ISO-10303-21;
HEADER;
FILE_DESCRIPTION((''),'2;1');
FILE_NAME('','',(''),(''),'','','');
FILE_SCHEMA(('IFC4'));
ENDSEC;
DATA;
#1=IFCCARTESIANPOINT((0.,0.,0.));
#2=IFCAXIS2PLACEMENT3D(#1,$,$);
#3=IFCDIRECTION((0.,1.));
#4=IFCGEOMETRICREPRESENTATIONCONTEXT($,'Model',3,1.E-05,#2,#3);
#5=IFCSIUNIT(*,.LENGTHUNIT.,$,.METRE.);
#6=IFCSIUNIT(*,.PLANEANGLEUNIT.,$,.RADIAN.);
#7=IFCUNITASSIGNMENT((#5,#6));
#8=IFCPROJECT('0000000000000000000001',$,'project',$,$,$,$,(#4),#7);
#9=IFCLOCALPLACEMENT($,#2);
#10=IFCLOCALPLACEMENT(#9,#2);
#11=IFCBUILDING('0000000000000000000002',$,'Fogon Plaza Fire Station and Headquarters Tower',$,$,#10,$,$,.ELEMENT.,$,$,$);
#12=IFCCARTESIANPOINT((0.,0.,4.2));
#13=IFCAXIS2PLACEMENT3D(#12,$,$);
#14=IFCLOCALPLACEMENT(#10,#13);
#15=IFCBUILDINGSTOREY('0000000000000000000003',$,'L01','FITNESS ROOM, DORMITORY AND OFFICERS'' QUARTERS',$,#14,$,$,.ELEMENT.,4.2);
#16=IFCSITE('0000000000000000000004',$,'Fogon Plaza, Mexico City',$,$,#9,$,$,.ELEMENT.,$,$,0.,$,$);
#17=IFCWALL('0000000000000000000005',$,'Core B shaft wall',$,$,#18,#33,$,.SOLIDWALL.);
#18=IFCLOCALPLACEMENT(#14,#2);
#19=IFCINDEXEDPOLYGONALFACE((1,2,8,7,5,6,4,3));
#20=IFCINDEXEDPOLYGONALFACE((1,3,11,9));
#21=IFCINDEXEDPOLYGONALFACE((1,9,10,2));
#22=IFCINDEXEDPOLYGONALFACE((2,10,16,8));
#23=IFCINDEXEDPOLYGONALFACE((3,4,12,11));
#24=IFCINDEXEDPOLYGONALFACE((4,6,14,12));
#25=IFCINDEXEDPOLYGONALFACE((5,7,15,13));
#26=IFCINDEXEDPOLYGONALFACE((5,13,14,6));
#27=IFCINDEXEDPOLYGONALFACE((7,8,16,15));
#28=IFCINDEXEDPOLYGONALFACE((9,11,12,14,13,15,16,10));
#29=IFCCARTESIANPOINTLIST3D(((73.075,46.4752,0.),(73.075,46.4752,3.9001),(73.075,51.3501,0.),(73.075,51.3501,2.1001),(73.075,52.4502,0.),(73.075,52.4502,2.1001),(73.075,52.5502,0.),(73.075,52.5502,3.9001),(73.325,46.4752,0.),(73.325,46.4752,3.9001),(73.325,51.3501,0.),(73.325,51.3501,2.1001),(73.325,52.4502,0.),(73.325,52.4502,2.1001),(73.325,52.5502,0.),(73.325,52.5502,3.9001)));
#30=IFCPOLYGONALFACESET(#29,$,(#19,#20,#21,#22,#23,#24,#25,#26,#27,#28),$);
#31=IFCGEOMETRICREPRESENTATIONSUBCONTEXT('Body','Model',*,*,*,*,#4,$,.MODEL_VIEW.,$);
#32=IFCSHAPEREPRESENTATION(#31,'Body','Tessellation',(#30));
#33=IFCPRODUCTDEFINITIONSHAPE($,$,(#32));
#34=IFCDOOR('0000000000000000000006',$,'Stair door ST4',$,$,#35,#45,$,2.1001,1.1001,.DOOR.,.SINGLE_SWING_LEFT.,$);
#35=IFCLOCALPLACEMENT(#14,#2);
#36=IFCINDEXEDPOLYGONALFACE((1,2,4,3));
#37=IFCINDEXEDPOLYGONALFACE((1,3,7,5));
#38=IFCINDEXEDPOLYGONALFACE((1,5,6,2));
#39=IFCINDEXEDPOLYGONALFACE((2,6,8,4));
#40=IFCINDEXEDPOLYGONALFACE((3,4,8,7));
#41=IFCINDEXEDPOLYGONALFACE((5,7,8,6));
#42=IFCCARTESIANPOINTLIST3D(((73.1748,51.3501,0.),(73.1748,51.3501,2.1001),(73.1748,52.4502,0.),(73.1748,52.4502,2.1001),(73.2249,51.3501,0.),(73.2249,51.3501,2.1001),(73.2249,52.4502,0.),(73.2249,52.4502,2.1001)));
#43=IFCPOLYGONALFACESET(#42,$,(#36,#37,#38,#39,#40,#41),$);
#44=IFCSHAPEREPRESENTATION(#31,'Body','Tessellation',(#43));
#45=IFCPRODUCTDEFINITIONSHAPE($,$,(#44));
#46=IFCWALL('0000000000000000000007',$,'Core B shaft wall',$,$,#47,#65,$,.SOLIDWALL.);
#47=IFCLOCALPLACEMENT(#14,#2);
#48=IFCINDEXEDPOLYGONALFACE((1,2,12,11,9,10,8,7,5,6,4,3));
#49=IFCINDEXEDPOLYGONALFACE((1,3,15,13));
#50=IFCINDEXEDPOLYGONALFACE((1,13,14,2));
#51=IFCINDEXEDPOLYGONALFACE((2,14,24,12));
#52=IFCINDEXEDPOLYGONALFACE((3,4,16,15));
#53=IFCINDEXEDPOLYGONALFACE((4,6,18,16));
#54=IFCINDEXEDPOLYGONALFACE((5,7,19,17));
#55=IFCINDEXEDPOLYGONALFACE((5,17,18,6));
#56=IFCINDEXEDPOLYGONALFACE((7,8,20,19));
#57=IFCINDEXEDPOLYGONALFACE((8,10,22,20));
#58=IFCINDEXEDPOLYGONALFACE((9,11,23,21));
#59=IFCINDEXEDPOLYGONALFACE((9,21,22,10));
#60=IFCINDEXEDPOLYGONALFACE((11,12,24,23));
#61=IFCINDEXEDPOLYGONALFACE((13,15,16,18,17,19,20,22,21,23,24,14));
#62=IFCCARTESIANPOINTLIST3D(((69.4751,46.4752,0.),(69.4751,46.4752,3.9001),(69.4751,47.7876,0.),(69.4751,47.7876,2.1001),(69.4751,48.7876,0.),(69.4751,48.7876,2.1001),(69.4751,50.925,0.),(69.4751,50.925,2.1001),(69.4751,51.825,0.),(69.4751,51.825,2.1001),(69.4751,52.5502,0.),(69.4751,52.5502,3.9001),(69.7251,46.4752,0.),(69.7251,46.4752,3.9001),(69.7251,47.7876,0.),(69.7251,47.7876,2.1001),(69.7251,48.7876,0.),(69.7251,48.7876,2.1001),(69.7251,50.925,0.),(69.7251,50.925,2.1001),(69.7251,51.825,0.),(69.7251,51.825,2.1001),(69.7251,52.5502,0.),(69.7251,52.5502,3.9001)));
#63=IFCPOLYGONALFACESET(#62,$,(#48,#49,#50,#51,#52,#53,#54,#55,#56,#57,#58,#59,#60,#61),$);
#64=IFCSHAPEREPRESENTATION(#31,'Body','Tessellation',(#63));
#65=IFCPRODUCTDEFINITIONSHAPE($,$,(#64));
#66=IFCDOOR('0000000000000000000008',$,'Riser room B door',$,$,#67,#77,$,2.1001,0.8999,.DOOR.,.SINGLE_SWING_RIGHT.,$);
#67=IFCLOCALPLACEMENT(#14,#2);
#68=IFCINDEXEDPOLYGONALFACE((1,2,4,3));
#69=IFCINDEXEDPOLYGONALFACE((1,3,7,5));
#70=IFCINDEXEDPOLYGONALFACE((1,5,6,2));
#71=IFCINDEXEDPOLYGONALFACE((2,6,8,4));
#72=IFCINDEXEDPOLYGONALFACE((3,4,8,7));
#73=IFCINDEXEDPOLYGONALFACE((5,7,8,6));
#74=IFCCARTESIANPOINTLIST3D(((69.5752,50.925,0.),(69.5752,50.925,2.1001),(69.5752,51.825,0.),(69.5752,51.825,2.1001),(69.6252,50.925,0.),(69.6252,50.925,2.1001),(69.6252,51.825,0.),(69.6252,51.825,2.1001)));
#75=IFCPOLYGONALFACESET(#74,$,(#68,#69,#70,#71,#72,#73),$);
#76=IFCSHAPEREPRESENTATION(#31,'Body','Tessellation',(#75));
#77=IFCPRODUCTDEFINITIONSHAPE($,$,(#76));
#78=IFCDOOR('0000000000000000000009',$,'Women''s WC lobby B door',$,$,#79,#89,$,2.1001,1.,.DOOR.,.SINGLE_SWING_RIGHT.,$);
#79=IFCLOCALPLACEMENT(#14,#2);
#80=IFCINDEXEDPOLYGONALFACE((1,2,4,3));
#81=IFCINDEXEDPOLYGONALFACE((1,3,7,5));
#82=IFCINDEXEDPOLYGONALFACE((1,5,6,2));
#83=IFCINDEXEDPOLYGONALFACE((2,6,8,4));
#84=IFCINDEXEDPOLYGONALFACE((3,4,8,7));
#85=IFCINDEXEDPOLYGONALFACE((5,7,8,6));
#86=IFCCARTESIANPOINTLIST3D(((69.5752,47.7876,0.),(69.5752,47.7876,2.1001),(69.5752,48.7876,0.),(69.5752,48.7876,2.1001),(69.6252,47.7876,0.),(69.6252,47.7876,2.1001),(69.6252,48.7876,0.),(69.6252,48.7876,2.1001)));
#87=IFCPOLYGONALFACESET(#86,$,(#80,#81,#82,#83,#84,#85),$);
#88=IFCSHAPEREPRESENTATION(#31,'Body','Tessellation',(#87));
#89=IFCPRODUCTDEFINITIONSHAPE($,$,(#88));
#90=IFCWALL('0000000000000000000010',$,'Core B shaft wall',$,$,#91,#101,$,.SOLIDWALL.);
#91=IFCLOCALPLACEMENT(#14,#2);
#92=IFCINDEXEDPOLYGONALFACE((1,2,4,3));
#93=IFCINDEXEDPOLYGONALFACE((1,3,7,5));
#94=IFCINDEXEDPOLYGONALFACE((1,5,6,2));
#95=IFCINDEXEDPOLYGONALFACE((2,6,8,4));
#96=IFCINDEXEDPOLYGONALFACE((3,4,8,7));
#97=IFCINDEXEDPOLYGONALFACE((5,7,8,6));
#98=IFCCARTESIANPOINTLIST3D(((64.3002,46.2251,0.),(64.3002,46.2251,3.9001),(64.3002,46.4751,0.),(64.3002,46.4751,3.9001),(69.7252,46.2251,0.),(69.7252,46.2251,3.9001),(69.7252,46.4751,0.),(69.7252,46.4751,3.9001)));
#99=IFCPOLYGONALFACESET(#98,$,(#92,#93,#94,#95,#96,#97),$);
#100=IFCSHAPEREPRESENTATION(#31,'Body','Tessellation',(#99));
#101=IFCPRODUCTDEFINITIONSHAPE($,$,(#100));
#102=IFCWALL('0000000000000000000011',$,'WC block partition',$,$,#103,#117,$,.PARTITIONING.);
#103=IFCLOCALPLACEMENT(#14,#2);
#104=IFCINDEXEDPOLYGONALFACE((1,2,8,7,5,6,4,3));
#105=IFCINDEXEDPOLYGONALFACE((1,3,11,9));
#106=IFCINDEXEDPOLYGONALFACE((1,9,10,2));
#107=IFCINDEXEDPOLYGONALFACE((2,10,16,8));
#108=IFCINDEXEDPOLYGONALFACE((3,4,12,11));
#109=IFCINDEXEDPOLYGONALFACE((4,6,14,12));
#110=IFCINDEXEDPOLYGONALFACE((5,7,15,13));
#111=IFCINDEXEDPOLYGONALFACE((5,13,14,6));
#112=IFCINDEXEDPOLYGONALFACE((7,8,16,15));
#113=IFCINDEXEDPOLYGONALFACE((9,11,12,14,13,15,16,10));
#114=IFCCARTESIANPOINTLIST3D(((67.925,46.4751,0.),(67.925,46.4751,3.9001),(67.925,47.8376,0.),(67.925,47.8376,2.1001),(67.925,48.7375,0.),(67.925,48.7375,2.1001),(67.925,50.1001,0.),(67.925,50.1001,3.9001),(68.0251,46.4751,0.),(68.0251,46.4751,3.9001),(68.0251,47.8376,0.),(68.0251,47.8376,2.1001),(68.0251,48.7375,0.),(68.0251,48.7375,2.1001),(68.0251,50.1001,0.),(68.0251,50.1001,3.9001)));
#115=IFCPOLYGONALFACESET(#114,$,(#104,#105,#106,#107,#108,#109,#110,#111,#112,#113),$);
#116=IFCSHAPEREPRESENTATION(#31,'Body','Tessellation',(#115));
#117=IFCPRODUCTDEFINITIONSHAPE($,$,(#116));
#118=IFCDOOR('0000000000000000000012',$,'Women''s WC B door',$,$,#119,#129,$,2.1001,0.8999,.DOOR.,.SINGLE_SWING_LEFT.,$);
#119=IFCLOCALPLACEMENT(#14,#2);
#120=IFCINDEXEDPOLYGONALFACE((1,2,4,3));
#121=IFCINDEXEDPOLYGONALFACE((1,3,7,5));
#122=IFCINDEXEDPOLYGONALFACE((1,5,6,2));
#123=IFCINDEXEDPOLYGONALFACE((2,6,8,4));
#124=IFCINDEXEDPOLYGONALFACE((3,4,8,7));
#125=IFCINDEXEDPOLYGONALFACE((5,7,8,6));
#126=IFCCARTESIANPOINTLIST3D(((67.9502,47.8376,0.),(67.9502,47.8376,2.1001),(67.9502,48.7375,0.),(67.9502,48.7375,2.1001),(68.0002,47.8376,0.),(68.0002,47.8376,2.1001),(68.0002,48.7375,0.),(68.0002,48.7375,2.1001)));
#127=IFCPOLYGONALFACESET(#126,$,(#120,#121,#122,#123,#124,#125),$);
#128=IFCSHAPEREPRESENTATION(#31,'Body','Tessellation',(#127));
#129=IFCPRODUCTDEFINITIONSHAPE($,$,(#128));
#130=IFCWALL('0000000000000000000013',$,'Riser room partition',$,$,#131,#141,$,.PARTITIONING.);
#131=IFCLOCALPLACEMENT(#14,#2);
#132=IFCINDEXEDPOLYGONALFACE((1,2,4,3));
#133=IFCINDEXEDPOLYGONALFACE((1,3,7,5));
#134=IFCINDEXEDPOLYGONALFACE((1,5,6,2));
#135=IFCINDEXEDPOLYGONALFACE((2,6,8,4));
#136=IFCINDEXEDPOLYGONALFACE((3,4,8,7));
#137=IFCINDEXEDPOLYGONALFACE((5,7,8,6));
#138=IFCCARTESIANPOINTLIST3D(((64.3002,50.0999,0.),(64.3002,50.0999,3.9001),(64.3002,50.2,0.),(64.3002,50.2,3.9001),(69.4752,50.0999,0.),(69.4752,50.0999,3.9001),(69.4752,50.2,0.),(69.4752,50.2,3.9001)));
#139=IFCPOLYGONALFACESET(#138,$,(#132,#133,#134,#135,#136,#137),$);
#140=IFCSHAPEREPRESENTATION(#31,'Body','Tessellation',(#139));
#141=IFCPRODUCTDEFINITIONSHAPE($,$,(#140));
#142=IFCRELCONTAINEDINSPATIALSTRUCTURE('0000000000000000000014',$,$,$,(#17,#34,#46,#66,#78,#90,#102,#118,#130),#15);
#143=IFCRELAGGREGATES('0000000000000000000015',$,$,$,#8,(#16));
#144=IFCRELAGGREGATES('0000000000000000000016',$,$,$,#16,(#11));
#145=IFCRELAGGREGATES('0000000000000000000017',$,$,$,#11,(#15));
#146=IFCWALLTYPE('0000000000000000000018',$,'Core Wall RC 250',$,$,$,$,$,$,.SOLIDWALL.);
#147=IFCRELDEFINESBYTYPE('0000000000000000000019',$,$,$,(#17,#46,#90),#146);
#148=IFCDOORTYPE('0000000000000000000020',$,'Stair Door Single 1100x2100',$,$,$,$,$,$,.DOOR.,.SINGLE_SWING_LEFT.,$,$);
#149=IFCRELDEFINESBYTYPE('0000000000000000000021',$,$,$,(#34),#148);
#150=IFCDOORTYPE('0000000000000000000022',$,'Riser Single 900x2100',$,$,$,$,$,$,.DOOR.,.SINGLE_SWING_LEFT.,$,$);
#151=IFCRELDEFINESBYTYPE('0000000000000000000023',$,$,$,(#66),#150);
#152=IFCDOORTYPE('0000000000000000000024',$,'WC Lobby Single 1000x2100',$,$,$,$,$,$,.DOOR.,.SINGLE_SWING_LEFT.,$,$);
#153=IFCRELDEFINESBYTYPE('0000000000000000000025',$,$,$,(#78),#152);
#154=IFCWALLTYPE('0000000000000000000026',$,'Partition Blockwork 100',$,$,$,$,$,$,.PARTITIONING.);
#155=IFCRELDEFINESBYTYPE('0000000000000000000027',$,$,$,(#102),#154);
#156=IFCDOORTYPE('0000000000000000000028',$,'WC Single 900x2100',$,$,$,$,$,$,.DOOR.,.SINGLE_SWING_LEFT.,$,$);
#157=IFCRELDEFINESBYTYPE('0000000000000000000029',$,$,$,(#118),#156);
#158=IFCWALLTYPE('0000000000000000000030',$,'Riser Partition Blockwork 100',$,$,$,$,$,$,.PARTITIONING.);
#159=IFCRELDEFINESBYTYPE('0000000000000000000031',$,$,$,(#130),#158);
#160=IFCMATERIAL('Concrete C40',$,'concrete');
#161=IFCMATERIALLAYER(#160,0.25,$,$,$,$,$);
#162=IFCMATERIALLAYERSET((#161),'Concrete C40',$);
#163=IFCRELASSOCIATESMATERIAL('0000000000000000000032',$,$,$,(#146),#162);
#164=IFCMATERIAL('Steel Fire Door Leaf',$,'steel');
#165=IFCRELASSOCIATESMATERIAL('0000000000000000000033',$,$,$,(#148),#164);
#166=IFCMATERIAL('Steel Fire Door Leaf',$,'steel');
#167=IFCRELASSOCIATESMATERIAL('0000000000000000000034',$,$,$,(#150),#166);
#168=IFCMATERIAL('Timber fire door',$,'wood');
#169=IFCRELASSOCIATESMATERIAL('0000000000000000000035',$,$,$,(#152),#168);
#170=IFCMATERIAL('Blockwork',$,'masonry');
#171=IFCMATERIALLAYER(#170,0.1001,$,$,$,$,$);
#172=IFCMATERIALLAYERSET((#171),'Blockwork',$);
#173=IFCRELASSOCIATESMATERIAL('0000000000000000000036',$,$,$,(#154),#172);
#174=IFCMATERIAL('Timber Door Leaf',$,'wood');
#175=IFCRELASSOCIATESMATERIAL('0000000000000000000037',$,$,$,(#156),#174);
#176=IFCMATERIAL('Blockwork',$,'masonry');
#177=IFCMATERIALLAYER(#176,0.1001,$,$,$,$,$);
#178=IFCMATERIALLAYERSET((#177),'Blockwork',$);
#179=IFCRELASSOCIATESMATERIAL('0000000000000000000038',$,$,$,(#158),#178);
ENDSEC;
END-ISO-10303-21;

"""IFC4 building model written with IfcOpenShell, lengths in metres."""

from ifc_helpers import new_model, si_unit, direction, frame, frame_2d, origin, place, context, subcontext, project, spatial, rectangle, extrude, material, layer, layer_set, type_object, element, fill, save


model = new_model("IFC4")

# Units and contexts
model_context = context("Model", 3, precision=1e-05, world=origin(), true_north=direction((0.0, 1.0)))
body_context = subcontext(model_context, "Body", "Model", "MODEL_VIEW")
ifc_project = project(units=[si_unit("LENGTHUNIT", "METRE"), si_unit("PLANEANGLEUNIT", "RADIAN")], contexts=[model_context])

# Site, building, storey
site_placement = place(None, origin())
site = spatial("IfcSite", under=ifc_project, at=site_placement, Name="Fogon Plaza, Mexico City", CompositionType="ELEMENT", RefElevation=0.0)
building_placement = place(site_placement, origin())
building = spatial("IfcBuilding", under=site, at=building_placement, Name="Fogon Plaza Fire Station and Headquarters Tower", CompositionType="ELEMENT")
storey_placement = place(building_placement, frame((0.0, 0.0, 4.2)))
storey = spatial("IfcBuildingStorey", under=building, at=storey_placement, Name="L01", Description="FITNESS ROOM, DORMITORY AND OFFICERS' QUARTERS", CompositionType="ELEMENT", Elevation=4.2)

# Shared definitions
ifc_material_1 = material(Name="Concrete C40", Category="concrete")
ifc_layer_1 = layer(ifc_material_1, 0.25)
ifc_layer_set_1 = layer_set([ifc_layer_1], Name="Concrete C40")
wall_type_1 = type_object("IfcWallType", Name="Core Wall RC 250", PredefinedType="SOLIDWALL", material=ifc_layer_set_1)

# Wall, opening, door
wall_1_placement = place(storey_placement, frame((73.2, 46.4751, 0.0), z_axis=(0.0, 0.0, 1.0), x_axis=(0.0, 1.0, 0.0)))
wall_1 = element("IfcWall", 1, at=wall_1_placement, inside=storey, type_object=wall_type_1, Name="Core B shaft wall", PredefinedType="SOLIDWALL", context=body_context, shape_type="SweptSolid", body=[
    extrude(rectangle(XDim=6.075, YDim=0.25, at=frame_2d((3.0376, 0.0))), origin(), (0.0, 0.0, 1.0), 3.9001),
])
opening_1_placement = place(wall_1_placement, frame((4.875, 0.0, 0.0)))
opening_1 = element("IfcOpeningElement", 2, at=opening_1_placement, cuts=wall_1, PredefinedType="OPENING", context=body_context, shape_type="SweptSolid", body=[
    extrude(rectangle(XDim=1.1001, YDim=2.1001, at=frame_2d((0.55, 1.05))), frame((0.0, 0.135, 0.0), z_axis=(0.0, -1.0, 0.0), x_axis=(1.0, 0.0, 0.0)), (0.0, 0.0, 1.0), 0.27),
])
ifc_material_2 = material(Name="Steel Fire Door Leaf", Category="steel")
door_type_1 = type_object("IfcDoorType", Name="Stair Door Single 1100x2100", OperationType="SINGLE_SWING_LEFT", PredefinedType="DOOR", material=ifc_material_2)
door_1_placement = place(opening_1_placement, frame((1.1001, 0.0, 0.0), z_axis=(0.0, 0.0, 1.0), x_axis=(-1.0, 0.0, 0.0)))
door_1 = element("IfcDoor", 3, at=door_1_placement, inside=storey, type_object=door_type_1, Name="Stair door ST4", OperationType="SINGLE_SWING_LEFT", OverallHeight=2.1001, OverallWidth=1.1001, PredefinedType="DOOR", context=body_context, shape_type="SweptSolid", body=[
    extrude(rectangle(XDim=1.1001, YDim=2.1001, at=frame_2d((0.55, 1.05))), frame((0.0, 0.0249, 0.0), z_axis=(0.0, -1.0, 0.0), x_axis=(1.0, 0.0, 0.0)), (0.0, 0.0, 1.0), 0.05),
])
fill(opening_1, door_1)

# Wall, openings, doors
wall_2_placement = place(storey_placement, frame((69.6001, 46.4751, 0.0), z_axis=(0.0, 0.0, 1.0), x_axis=(0.0, 1.0, 0.0)))
wall_2 = element("IfcWall", 4, at=wall_2_placement, inside=storey, type_object=wall_type_1, Name="Core B shaft wall", PredefinedType="SOLIDWALL", context=body_context, shape_type="SweptSolid", body=[
    extrude(rectangle(XDim=6.075, YDim=0.25, at=frame_2d((3.0376, 0.0))), origin(), (0.0, 0.0, 1.0), 3.9001),
])
opening_2_placement = place(wall_2_placement, frame((1.3125, 0.0, 0.0)))
opening_2 = element("IfcOpeningElement", 5, at=opening_2_placement, cuts=wall_2, PredefinedType="OPENING", context=body_context, shape_type="SweptSolid", body=[
    extrude(rectangle(XDim=1.0, YDim=2.1001, at=frame_2d((0.5, 1.05))), frame((0.0, 0.135, 0.0), z_axis=(0.0, -1.0, 0.0), x_axis=(1.0, 0.0, 0.0)), (0.0, 0.0, 1.0), 0.27),
])
opening_3_placement = place(wall_2_placement, frame((4.45, 0.0, 0.0)))
opening_3 = element("IfcOpeningElement", 6, at=opening_3_placement, cuts=wall_2, PredefinedType="OPENING", context=body_context, shape_type="SweptSolid", body=[
    extrude(rectangle(XDim=0.8999, YDim=2.1001, at=frame_2d((0.45, 1.05))), frame((0.0, 0.135, 0.0), z_axis=(0.0, -1.0, 0.0), x_axis=(1.0, 0.0, 0.0)), (0.0, 0.0, 1.0), 0.27),
])
ifc_material_3 = material(Name="Steel Fire Door Leaf", Category="steel")
door_type_2 = type_object("IfcDoorType", Name="Riser Single 900x2100", OperationType="SINGLE_SWING_LEFT", PredefinedType="DOOR", material=ifc_material_3)
door_2_placement = place(opening_3_placement, origin())
door_2 = element("IfcDoor", 7, at=door_2_placement, inside=storey, type_object=door_type_2, Name="Riser room B door", OperationType="SINGLE_SWING_RIGHT", OverallHeight=2.1001, OverallWidth=0.8999, PredefinedType="DOOR", context=body_context, shape_type="SweptSolid", body=[
    extrude(rectangle(XDim=0.8999, YDim=2.1001, at=frame_2d((0.45, 1.05))), frame((0.0, 0.0249, 0.0), z_axis=(0.0, -1.0, 0.0), x_axis=(1.0, 0.0, 0.0)), (0.0, 0.0, 1.0), 0.05),
])
fill(opening_3, door_2)
ifc_material_4 = material(Name="Timber fire door", Category="wood")
door_type_3 = type_object("IfcDoorType", Name="WC Lobby Single 1000x2100", OperationType="SINGLE_SWING_LEFT", PredefinedType="DOOR", material=ifc_material_4)
door_3_placement = place(opening_2_placement, origin())
door_3 = element("IfcDoor", 8, at=door_3_placement, inside=storey, type_object=door_type_3, Name="Women's WC lobby B door", OperationType="SINGLE_SWING_RIGHT", OverallHeight=2.1001, OverallWidth=1.0, PredefinedType="DOOR", context=body_context, shape_type="SweptSolid", body=[
    extrude(rectangle(XDim=1.0, YDim=2.1001, at=frame_2d((0.5, 1.05))), frame((0.0, 0.0249, 0.0), z_axis=(0.0, -1.0, 0.0), x_axis=(1.0, 0.0, 0.0)), (0.0, 0.0, 1.0), 0.05),
])
fill(opening_2, door_3)

# Wall
wall_3_placement = place(storey_placement, frame((69.7251, 46.3501, 0.0), z_axis=(0.0, 0.0, 1.0), x_axis=(-1.0, 0.0, 0.0)))
element("IfcWall", 9, at=wall_3_placement, inside=storey, type_object=wall_type_1, Name="Core B shaft wall", PredefinedType="SOLIDWALL", context=body_context, shape_type="SweptSolid", body=[
    extrude(rectangle(XDim=5.425, YDim=0.25, at=frame_2d((2.7124, 0.0))), origin(), (0.0, 0.0, 1.0), 3.9001),
])

# Wall, opening, door
ifc_material_5 = material(Name="Blockwork", Category="masonry")
ifc_layer_2 = layer(ifc_material_5, 0.1001)
ifc_layer_set_2 = layer_set([ifc_layer_2], Name="Blockwork")
wall_type_2 = type_object("IfcWallType", Name="Partition Blockwork 100", PredefinedType="PARTITIONING", material=ifc_layer_set_2)
wall_4_placement = place(storey_placement, frame((67.9751, 46.4751, 0.0), z_axis=(0.0, 0.0, 1.0), x_axis=(0.0, 1.0, 0.0)))
wall_4 = element("IfcWall", 10, at=wall_4_placement, inside=storey, type_object=wall_type_2, Name="WC block partition", PredefinedType="PARTITIONING", context=body_context, shape_type="SweptSolid", body=[
    extrude(rectangle(XDim=3.625, YDim=0.1001, at=frame_2d((1.8125, 0.0))), origin(), (0.0, 0.0, 1.0), 3.9001),
])
opening_4_placement = place(wall_4_placement, frame((1.3625, 0.0, 0.0)))
opening_4 = element("IfcOpeningElement", 11, at=opening_4_placement, cuts=wall_4, PredefinedType="OPENING", context=body_context, shape_type="SweptSolid", body=[
    extrude(rectangle(XDim=0.8999, YDim=2.1001, at=frame_2d((0.45, 1.05))), frame((0.0, 0.0601, 0.0), z_axis=(0.0, -1.0, 0.0), x_axis=(1.0, 0.0, 0.0)), (0.0, 0.0, 1.0), 0.1201),
])
ifc_material_6 = material(Name="Timber Door Leaf", Category="wood")
door_type_4 = type_object("IfcDoorType", Name="WC Single 900x2100", OperationType="SINGLE_SWING_LEFT", PredefinedType="DOOR", material=ifc_material_6)
door_4_placement = place(opening_4_placement, origin())
door_4 = element("IfcDoor", 12, at=door_4_placement, inside=storey, type_object=door_type_4, Name="Women's WC B door", OperationType="SINGLE_SWING_LEFT", OverallHeight=2.1001, OverallWidth=0.8999, PredefinedType="DOOR", context=body_context, shape_type="SweptSolid", body=[
    extrude(rectangle(XDim=0.8999, YDim=2.1001, at=frame_2d((0.45, 1.05))), frame((0.0, 0.0249, 0.0), z_axis=(0.0, -1.0, 0.0), x_axis=(1.0, 0.0, 0.0)), (0.0, 0.0, 1.0), 0.05),
])
fill(opening_4, door_4)

# Wall
ifc_material_7 = material(Name="Blockwork", Category="masonry")
ifc_layer_3 = layer(ifc_material_7, 0.1001)
ifc_layer_set_3 = layer_set([ifc_layer_3], Name="Blockwork")
wall_type_3 = type_object("IfcWallType", Name="Riser Partition Blockwork 100", PredefinedType="PARTITIONING", material=ifc_layer_set_3)
wall_5_placement = place(storey_placement, frame((69.4751, 50.1499, 0.0), z_axis=(0.0, 0.0, 1.0), x_axis=(-1.0, 0.0, 0.0)))
element("IfcWall", 13, at=wall_5_placement, inside=storey, type_object=wall_type_3, Name="Riser room partition", PredefinedType="PARTITIONING", context=body_context, shape_type="SweptSolid", body=[
    extrude(rectangle(XDim=5.175, YDim=0.1001, at=frame_2d((2.5874, 0.0))), origin(), (0.0, 0.0, 1.0), 3.9001),
])

save(model, "model.ifc")
